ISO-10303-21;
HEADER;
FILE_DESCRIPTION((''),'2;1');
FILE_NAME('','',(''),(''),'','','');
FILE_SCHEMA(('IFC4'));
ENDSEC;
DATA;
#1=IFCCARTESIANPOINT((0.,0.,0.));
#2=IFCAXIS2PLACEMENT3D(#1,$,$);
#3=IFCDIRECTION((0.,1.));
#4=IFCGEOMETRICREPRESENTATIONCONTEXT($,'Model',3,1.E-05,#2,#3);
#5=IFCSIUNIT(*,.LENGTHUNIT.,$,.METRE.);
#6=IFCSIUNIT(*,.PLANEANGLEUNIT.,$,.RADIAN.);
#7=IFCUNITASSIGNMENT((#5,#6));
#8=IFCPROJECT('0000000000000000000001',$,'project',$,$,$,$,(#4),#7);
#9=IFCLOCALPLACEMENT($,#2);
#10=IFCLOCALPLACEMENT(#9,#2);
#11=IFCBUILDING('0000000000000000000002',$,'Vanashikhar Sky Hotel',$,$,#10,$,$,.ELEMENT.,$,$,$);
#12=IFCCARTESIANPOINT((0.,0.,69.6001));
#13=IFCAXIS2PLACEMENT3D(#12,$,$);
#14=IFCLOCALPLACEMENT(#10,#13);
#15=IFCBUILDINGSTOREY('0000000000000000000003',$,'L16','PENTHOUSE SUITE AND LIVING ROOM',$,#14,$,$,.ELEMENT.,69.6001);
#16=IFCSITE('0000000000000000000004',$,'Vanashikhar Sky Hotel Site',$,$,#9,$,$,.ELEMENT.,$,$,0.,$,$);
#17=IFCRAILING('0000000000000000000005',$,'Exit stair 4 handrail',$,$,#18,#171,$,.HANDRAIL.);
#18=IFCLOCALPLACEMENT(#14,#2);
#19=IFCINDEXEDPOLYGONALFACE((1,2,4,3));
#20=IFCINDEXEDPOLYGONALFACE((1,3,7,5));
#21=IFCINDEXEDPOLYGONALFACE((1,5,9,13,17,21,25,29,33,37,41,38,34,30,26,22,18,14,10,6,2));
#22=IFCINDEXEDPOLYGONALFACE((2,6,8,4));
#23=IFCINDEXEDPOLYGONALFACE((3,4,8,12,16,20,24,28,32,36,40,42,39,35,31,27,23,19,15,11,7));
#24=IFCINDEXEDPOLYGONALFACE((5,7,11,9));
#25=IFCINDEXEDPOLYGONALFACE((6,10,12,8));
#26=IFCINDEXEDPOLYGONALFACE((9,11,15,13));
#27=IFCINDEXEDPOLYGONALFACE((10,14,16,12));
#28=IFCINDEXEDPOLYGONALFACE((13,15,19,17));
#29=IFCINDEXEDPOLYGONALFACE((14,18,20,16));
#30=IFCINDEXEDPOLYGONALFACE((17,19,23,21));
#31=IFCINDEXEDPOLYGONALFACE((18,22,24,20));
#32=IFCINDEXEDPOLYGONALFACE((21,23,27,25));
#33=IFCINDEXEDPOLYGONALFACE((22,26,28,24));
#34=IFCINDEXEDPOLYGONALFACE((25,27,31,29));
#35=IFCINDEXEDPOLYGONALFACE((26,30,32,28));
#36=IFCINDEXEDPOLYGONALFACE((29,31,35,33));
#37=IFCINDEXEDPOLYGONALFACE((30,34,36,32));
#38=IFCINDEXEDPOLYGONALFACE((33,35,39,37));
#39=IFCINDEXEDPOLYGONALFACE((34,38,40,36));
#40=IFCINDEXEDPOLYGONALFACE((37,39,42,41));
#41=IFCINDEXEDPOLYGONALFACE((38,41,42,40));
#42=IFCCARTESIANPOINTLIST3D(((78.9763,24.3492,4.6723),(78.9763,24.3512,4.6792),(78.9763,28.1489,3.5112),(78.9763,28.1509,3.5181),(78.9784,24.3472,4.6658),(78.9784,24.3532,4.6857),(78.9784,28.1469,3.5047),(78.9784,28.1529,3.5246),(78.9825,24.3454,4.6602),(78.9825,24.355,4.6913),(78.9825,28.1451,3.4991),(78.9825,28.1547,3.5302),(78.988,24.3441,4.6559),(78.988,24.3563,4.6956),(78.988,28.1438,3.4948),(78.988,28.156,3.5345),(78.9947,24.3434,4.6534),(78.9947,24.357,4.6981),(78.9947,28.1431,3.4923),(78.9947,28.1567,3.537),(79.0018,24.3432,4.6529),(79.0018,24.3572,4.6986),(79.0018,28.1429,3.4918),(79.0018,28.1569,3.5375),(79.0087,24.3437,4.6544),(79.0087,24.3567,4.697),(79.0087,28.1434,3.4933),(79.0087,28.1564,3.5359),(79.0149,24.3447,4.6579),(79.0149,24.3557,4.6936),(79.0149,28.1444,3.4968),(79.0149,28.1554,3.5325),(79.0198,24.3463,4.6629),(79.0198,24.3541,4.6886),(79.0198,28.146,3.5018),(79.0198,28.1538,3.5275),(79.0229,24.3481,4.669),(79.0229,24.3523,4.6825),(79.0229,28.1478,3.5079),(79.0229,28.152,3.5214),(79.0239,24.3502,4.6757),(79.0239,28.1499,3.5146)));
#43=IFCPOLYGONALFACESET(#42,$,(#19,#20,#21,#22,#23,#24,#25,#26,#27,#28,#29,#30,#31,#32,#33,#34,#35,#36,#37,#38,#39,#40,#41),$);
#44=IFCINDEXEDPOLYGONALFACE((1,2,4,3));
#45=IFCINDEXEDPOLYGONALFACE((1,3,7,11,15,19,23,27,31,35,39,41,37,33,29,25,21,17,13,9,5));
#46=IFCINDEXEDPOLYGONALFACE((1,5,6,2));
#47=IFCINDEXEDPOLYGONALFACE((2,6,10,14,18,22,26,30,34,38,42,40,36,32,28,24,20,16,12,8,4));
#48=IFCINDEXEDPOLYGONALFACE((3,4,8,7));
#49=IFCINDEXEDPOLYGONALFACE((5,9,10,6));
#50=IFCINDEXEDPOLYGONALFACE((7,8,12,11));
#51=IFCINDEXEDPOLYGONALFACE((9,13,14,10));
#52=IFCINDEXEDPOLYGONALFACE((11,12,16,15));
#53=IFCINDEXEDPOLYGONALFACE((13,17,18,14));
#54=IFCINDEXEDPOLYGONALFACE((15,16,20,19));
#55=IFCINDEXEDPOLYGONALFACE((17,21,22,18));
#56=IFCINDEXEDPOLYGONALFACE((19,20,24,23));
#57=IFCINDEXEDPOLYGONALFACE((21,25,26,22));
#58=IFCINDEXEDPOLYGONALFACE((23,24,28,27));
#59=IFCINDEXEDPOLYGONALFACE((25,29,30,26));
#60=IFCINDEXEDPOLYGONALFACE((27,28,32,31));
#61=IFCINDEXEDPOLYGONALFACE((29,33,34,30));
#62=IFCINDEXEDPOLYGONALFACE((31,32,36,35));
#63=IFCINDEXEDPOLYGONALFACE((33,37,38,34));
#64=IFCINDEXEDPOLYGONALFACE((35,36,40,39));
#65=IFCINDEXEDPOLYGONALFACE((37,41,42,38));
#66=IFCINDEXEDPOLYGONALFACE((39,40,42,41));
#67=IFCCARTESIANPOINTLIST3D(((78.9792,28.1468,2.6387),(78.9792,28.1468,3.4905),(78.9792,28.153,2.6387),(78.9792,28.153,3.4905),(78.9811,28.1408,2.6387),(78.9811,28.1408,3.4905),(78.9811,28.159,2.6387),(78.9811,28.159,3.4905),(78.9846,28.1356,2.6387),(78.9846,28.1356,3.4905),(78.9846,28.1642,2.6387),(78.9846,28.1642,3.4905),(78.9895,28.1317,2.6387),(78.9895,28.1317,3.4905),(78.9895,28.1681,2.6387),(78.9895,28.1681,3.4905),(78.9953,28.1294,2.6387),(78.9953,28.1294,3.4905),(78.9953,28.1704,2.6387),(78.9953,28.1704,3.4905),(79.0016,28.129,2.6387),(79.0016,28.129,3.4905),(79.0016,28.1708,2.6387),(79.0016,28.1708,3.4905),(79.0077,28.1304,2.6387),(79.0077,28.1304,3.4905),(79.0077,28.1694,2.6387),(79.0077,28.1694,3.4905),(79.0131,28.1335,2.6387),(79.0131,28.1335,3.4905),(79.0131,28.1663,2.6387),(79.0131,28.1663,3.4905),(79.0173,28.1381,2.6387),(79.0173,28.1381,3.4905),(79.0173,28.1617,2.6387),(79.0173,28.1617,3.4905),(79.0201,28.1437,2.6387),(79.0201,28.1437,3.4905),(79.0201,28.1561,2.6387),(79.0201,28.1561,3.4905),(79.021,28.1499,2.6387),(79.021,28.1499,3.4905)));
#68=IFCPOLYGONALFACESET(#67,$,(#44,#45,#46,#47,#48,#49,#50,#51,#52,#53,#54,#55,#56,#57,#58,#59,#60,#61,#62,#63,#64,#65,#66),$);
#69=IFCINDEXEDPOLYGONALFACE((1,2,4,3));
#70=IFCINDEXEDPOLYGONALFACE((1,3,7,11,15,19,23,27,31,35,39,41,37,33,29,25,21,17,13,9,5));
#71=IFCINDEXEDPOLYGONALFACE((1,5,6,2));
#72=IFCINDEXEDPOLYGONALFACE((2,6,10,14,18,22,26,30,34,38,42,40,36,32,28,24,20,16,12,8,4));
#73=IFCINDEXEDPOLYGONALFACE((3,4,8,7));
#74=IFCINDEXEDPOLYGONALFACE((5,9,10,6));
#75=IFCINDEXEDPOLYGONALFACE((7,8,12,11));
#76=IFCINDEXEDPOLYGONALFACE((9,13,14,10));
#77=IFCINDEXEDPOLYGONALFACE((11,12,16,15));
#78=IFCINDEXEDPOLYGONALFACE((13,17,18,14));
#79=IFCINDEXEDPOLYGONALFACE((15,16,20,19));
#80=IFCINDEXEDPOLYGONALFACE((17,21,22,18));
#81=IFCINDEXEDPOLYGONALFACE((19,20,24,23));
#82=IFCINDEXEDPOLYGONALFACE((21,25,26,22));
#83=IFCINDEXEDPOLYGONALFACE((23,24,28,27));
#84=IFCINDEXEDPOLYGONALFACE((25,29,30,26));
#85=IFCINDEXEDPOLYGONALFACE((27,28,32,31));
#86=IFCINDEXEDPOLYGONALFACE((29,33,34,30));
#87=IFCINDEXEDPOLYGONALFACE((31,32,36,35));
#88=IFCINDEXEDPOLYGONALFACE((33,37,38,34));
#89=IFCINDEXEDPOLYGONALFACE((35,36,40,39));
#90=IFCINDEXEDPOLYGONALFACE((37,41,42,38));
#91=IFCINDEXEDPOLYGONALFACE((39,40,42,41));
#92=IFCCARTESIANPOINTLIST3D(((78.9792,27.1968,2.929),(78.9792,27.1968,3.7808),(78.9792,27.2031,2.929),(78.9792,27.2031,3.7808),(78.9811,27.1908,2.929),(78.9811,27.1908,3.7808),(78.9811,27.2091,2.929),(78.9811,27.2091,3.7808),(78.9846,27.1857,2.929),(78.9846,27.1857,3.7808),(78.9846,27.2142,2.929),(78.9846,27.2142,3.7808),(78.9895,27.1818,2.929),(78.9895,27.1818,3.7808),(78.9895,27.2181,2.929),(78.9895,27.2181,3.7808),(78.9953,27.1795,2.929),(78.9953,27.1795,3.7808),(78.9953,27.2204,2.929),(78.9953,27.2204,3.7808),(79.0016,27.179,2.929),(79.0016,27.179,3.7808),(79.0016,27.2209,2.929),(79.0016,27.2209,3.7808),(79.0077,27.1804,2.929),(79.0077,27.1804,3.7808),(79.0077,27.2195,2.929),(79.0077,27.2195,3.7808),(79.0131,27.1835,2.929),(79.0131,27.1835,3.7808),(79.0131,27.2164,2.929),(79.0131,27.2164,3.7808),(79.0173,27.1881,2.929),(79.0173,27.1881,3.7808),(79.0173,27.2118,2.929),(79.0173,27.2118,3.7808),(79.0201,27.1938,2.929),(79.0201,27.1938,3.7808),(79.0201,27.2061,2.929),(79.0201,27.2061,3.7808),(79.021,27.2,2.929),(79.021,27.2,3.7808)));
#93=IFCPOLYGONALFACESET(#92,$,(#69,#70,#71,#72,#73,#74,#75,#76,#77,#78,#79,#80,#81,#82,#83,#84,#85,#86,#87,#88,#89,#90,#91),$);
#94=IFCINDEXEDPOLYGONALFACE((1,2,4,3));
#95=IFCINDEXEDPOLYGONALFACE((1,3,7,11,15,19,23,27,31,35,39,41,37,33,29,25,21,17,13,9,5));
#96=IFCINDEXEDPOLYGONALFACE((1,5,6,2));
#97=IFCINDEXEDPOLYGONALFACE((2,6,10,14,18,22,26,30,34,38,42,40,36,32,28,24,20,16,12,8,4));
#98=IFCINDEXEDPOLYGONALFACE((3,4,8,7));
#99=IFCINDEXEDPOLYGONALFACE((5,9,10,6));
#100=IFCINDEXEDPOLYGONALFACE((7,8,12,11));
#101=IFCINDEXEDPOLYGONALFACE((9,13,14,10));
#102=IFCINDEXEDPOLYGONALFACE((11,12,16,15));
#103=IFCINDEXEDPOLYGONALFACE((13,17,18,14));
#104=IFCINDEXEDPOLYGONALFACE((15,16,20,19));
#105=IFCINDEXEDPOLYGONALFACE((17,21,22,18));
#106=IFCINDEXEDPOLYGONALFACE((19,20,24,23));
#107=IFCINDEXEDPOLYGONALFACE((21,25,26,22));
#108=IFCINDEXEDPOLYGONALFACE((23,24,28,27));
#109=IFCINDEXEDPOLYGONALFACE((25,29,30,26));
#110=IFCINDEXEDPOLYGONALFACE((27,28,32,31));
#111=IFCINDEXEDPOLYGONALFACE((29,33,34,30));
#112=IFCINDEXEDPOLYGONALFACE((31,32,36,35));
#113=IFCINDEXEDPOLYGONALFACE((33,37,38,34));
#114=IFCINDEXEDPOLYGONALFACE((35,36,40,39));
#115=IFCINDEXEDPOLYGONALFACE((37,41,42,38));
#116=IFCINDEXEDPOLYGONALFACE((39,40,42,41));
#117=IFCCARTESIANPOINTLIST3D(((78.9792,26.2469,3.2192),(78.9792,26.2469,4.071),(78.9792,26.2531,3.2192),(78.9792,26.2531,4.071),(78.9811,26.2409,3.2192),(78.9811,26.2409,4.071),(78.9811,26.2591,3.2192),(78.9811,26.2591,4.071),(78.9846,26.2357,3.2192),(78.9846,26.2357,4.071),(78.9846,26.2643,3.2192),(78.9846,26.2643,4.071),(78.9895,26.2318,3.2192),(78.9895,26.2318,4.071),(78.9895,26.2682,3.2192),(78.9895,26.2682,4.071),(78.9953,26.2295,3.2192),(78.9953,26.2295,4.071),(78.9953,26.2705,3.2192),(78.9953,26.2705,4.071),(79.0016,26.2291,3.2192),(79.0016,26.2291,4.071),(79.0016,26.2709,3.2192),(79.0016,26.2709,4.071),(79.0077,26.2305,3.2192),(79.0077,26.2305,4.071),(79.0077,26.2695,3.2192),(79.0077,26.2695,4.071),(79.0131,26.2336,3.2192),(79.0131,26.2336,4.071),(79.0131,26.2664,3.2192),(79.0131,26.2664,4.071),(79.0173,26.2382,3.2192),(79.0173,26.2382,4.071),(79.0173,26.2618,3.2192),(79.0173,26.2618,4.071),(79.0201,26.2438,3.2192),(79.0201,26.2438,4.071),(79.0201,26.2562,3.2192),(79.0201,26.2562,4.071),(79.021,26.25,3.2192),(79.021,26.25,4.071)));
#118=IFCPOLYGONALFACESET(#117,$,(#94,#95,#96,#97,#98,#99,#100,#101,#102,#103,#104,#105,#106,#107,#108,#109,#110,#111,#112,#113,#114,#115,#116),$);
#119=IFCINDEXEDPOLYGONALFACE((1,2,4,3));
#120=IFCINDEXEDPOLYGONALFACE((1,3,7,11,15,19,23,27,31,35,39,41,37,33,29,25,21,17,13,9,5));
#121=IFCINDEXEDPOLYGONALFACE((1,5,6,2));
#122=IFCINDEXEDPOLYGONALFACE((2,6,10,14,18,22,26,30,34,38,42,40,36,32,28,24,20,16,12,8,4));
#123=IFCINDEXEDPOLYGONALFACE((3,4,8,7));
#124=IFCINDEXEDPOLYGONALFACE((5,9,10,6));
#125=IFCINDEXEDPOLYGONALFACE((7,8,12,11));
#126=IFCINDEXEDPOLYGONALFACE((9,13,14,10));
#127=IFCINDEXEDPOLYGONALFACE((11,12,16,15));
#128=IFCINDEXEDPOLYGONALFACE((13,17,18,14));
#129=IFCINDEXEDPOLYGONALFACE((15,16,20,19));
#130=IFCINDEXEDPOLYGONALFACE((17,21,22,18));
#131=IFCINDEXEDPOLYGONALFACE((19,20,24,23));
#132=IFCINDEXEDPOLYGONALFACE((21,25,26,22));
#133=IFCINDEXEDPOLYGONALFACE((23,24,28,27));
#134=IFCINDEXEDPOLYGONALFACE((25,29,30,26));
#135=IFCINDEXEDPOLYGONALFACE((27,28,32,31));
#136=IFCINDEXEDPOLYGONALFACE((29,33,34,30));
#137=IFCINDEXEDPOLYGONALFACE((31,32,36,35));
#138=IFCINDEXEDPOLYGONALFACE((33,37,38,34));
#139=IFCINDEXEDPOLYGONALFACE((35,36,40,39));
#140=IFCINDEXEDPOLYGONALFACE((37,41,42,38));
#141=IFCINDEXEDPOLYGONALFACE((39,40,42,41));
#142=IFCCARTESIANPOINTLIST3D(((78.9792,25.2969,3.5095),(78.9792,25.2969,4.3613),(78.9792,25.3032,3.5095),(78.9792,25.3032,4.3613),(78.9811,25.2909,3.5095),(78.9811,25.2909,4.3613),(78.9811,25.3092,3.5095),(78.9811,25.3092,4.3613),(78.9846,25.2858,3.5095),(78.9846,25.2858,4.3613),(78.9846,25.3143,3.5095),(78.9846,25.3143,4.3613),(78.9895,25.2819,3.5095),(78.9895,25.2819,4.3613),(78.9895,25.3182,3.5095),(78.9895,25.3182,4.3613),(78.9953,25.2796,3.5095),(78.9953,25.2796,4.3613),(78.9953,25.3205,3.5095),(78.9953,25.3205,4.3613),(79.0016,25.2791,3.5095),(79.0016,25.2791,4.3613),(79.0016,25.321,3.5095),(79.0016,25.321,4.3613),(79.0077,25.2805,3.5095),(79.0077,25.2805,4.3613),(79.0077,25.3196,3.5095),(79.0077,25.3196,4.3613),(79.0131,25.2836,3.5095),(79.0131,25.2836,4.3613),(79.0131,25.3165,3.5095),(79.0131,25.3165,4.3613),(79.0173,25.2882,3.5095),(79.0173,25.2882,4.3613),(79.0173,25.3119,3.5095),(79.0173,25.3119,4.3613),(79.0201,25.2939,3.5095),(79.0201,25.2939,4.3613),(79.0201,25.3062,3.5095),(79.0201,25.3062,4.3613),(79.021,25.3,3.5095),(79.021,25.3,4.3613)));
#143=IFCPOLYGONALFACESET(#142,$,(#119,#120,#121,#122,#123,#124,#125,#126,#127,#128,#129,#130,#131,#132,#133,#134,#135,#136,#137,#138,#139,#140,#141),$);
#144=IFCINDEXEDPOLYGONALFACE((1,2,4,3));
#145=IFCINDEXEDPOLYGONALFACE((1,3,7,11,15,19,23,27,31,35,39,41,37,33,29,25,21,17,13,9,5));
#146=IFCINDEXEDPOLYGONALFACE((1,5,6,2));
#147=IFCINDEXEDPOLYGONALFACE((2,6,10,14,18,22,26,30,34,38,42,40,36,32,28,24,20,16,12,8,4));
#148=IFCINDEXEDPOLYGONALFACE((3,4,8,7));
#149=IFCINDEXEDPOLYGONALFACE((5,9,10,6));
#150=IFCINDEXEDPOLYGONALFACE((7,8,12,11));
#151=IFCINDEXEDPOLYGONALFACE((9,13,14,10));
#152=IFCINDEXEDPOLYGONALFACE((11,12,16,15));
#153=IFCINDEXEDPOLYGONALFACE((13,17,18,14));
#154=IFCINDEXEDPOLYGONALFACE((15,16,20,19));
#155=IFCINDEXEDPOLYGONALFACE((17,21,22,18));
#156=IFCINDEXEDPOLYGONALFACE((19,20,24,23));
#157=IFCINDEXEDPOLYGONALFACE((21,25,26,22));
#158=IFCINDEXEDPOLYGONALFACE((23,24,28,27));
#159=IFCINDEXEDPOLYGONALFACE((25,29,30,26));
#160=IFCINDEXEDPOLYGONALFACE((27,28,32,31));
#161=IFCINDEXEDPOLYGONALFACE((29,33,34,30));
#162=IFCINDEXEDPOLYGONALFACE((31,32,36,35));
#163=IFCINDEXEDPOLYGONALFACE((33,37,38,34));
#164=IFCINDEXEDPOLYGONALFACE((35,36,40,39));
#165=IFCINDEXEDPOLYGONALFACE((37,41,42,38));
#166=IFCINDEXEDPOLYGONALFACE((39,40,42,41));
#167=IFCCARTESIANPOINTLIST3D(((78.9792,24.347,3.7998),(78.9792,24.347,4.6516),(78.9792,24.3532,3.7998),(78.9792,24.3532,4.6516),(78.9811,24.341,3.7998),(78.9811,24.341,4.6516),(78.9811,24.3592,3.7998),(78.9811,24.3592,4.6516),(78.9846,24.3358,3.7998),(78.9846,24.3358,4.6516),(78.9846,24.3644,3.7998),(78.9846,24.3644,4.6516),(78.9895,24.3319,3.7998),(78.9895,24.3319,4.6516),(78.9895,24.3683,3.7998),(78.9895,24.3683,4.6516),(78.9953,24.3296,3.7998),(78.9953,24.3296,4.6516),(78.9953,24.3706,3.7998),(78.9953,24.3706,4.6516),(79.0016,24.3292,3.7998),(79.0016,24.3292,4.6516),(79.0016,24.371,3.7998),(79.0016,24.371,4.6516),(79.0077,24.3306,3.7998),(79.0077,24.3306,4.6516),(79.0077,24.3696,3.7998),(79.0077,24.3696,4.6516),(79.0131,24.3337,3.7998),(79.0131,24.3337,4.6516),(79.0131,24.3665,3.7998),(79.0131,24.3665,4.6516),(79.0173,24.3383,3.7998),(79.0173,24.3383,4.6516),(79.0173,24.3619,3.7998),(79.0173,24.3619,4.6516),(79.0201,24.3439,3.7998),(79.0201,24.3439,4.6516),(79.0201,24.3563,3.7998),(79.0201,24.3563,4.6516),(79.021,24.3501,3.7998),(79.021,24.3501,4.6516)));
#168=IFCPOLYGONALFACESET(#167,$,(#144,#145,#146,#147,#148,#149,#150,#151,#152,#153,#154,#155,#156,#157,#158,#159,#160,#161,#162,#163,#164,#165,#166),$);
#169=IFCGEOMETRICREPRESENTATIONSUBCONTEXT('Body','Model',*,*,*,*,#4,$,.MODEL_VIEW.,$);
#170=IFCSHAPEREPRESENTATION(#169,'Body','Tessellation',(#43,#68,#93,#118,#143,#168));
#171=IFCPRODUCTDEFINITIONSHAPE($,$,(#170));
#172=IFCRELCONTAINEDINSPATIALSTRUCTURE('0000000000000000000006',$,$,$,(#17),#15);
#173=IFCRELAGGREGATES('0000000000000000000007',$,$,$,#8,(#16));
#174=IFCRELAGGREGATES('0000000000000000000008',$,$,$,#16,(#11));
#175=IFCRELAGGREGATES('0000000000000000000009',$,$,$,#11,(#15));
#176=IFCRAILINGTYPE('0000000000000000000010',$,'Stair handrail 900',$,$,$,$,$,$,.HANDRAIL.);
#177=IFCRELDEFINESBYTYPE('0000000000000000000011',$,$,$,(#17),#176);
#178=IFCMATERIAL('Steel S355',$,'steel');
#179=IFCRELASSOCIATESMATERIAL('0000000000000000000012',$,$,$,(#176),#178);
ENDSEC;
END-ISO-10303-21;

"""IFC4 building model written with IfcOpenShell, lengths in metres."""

from ifc_helpers import new_model, si_unit, direction, frame, origin, origin_2d, place, context, subcontext, project, spatial, circle, extrude, source, transform, mapped, material, type_object, element, save


model = new_model("IFC4")

# Units and contexts
model_context = context("Model", 3, precision=1e-05, world=origin(), true_north=direction((0.0, 1.0)))
body_context = subcontext(model_context, "Body", "Model", "MODEL_VIEW")
ifc_project = project(units=[si_unit("LENGTHUNIT", "METRE"), si_unit("PLANEANGLEUNIT", "RADIAN")], contexts=[model_context])

# Site, building, storey
site_placement = place(None, origin())
site = spatial("IfcSite", under=ifc_project, at=site_placement, Name="Vanashikhar Sky Hotel Site", CompositionType="ELEMENT", RefElevation=0.0)
building_placement = place(site_placement, origin())
building = spatial("IfcBuilding", under=site, at=building_placement, Name="Vanashikhar Sky Hotel", CompositionType="ELEMENT")
storey_placement = place(building_placement, frame((0.0, 0.0, 69.6001)))
storey = spatial("IfcBuildingStorey", under=building, at=storey_placement, Name="L16", Description="PENTHOUSE SUITE AND LIVING ROOM", CompositionType="ELEMENT", Elevation=69.6001)

# Railing
ifc_material_1 = material(Name="Steel S355", Category="steel")
railing_type_1 = type_object("IfcRailingType", Name="Stair handrail 900", PredefinedType="HANDRAIL", material=ifc_material_1)
shared_shape_1 = source(origin(), body_context, "Body", "SweptSolid", [
    extrude(circle(Radius=0.0239, at=origin_2d()), frame((0.0, 0.0, 0.876), z_axis=(0.0, -0.956346, 0.292237), x_axis=(1.0, 0.0, 0.0)), (0.0, 0.0, 1.0), 3.9731),
    extrude(circle(Radius=0.021, at=origin_2d()), origin(), (0.0, 0.0, 1.0), 0.8518),
    extrude(circle(Radius=0.021, at=origin_2d()), frame((0.0, -0.95, 0.2903)), (0.0, 0.0, 1.0), 0.8518),
    extrude(circle(Radius=0.021, at=origin_2d()), frame((0.0, -1.8999, 0.5806)), (0.0, 0.0, 1.0), 0.8518),
    extrude(circle(Radius=0.021, at=origin_2d()), frame((0.0, -2.8499, 0.8708)), (0.0, 0.0, 1.0), 0.8518),
    extrude(circle(Radius=0.021, at=origin_2d()), frame((0.0, -3.7998, 1.1611)), (0.0, 0.0, 1.0), 0.8518),
])
for number, where, name in (
    (1, (79.0, 28.1499, 2.6387), "Exit stair 4 handrail"),
):
    element("IfcRailing", number, at=place(storey_placement, frame(where)), inside=storey, type_object=railing_type_1, Name=name, PredefinedType="HANDRAIL", context=body_context, shape_type="MappedRepresentation", body=[
        mapped(shared_shape_1, transform((0.0, 0.0, 0.0), scale=1.0)),
    ])

save(model, "model.ifc")
